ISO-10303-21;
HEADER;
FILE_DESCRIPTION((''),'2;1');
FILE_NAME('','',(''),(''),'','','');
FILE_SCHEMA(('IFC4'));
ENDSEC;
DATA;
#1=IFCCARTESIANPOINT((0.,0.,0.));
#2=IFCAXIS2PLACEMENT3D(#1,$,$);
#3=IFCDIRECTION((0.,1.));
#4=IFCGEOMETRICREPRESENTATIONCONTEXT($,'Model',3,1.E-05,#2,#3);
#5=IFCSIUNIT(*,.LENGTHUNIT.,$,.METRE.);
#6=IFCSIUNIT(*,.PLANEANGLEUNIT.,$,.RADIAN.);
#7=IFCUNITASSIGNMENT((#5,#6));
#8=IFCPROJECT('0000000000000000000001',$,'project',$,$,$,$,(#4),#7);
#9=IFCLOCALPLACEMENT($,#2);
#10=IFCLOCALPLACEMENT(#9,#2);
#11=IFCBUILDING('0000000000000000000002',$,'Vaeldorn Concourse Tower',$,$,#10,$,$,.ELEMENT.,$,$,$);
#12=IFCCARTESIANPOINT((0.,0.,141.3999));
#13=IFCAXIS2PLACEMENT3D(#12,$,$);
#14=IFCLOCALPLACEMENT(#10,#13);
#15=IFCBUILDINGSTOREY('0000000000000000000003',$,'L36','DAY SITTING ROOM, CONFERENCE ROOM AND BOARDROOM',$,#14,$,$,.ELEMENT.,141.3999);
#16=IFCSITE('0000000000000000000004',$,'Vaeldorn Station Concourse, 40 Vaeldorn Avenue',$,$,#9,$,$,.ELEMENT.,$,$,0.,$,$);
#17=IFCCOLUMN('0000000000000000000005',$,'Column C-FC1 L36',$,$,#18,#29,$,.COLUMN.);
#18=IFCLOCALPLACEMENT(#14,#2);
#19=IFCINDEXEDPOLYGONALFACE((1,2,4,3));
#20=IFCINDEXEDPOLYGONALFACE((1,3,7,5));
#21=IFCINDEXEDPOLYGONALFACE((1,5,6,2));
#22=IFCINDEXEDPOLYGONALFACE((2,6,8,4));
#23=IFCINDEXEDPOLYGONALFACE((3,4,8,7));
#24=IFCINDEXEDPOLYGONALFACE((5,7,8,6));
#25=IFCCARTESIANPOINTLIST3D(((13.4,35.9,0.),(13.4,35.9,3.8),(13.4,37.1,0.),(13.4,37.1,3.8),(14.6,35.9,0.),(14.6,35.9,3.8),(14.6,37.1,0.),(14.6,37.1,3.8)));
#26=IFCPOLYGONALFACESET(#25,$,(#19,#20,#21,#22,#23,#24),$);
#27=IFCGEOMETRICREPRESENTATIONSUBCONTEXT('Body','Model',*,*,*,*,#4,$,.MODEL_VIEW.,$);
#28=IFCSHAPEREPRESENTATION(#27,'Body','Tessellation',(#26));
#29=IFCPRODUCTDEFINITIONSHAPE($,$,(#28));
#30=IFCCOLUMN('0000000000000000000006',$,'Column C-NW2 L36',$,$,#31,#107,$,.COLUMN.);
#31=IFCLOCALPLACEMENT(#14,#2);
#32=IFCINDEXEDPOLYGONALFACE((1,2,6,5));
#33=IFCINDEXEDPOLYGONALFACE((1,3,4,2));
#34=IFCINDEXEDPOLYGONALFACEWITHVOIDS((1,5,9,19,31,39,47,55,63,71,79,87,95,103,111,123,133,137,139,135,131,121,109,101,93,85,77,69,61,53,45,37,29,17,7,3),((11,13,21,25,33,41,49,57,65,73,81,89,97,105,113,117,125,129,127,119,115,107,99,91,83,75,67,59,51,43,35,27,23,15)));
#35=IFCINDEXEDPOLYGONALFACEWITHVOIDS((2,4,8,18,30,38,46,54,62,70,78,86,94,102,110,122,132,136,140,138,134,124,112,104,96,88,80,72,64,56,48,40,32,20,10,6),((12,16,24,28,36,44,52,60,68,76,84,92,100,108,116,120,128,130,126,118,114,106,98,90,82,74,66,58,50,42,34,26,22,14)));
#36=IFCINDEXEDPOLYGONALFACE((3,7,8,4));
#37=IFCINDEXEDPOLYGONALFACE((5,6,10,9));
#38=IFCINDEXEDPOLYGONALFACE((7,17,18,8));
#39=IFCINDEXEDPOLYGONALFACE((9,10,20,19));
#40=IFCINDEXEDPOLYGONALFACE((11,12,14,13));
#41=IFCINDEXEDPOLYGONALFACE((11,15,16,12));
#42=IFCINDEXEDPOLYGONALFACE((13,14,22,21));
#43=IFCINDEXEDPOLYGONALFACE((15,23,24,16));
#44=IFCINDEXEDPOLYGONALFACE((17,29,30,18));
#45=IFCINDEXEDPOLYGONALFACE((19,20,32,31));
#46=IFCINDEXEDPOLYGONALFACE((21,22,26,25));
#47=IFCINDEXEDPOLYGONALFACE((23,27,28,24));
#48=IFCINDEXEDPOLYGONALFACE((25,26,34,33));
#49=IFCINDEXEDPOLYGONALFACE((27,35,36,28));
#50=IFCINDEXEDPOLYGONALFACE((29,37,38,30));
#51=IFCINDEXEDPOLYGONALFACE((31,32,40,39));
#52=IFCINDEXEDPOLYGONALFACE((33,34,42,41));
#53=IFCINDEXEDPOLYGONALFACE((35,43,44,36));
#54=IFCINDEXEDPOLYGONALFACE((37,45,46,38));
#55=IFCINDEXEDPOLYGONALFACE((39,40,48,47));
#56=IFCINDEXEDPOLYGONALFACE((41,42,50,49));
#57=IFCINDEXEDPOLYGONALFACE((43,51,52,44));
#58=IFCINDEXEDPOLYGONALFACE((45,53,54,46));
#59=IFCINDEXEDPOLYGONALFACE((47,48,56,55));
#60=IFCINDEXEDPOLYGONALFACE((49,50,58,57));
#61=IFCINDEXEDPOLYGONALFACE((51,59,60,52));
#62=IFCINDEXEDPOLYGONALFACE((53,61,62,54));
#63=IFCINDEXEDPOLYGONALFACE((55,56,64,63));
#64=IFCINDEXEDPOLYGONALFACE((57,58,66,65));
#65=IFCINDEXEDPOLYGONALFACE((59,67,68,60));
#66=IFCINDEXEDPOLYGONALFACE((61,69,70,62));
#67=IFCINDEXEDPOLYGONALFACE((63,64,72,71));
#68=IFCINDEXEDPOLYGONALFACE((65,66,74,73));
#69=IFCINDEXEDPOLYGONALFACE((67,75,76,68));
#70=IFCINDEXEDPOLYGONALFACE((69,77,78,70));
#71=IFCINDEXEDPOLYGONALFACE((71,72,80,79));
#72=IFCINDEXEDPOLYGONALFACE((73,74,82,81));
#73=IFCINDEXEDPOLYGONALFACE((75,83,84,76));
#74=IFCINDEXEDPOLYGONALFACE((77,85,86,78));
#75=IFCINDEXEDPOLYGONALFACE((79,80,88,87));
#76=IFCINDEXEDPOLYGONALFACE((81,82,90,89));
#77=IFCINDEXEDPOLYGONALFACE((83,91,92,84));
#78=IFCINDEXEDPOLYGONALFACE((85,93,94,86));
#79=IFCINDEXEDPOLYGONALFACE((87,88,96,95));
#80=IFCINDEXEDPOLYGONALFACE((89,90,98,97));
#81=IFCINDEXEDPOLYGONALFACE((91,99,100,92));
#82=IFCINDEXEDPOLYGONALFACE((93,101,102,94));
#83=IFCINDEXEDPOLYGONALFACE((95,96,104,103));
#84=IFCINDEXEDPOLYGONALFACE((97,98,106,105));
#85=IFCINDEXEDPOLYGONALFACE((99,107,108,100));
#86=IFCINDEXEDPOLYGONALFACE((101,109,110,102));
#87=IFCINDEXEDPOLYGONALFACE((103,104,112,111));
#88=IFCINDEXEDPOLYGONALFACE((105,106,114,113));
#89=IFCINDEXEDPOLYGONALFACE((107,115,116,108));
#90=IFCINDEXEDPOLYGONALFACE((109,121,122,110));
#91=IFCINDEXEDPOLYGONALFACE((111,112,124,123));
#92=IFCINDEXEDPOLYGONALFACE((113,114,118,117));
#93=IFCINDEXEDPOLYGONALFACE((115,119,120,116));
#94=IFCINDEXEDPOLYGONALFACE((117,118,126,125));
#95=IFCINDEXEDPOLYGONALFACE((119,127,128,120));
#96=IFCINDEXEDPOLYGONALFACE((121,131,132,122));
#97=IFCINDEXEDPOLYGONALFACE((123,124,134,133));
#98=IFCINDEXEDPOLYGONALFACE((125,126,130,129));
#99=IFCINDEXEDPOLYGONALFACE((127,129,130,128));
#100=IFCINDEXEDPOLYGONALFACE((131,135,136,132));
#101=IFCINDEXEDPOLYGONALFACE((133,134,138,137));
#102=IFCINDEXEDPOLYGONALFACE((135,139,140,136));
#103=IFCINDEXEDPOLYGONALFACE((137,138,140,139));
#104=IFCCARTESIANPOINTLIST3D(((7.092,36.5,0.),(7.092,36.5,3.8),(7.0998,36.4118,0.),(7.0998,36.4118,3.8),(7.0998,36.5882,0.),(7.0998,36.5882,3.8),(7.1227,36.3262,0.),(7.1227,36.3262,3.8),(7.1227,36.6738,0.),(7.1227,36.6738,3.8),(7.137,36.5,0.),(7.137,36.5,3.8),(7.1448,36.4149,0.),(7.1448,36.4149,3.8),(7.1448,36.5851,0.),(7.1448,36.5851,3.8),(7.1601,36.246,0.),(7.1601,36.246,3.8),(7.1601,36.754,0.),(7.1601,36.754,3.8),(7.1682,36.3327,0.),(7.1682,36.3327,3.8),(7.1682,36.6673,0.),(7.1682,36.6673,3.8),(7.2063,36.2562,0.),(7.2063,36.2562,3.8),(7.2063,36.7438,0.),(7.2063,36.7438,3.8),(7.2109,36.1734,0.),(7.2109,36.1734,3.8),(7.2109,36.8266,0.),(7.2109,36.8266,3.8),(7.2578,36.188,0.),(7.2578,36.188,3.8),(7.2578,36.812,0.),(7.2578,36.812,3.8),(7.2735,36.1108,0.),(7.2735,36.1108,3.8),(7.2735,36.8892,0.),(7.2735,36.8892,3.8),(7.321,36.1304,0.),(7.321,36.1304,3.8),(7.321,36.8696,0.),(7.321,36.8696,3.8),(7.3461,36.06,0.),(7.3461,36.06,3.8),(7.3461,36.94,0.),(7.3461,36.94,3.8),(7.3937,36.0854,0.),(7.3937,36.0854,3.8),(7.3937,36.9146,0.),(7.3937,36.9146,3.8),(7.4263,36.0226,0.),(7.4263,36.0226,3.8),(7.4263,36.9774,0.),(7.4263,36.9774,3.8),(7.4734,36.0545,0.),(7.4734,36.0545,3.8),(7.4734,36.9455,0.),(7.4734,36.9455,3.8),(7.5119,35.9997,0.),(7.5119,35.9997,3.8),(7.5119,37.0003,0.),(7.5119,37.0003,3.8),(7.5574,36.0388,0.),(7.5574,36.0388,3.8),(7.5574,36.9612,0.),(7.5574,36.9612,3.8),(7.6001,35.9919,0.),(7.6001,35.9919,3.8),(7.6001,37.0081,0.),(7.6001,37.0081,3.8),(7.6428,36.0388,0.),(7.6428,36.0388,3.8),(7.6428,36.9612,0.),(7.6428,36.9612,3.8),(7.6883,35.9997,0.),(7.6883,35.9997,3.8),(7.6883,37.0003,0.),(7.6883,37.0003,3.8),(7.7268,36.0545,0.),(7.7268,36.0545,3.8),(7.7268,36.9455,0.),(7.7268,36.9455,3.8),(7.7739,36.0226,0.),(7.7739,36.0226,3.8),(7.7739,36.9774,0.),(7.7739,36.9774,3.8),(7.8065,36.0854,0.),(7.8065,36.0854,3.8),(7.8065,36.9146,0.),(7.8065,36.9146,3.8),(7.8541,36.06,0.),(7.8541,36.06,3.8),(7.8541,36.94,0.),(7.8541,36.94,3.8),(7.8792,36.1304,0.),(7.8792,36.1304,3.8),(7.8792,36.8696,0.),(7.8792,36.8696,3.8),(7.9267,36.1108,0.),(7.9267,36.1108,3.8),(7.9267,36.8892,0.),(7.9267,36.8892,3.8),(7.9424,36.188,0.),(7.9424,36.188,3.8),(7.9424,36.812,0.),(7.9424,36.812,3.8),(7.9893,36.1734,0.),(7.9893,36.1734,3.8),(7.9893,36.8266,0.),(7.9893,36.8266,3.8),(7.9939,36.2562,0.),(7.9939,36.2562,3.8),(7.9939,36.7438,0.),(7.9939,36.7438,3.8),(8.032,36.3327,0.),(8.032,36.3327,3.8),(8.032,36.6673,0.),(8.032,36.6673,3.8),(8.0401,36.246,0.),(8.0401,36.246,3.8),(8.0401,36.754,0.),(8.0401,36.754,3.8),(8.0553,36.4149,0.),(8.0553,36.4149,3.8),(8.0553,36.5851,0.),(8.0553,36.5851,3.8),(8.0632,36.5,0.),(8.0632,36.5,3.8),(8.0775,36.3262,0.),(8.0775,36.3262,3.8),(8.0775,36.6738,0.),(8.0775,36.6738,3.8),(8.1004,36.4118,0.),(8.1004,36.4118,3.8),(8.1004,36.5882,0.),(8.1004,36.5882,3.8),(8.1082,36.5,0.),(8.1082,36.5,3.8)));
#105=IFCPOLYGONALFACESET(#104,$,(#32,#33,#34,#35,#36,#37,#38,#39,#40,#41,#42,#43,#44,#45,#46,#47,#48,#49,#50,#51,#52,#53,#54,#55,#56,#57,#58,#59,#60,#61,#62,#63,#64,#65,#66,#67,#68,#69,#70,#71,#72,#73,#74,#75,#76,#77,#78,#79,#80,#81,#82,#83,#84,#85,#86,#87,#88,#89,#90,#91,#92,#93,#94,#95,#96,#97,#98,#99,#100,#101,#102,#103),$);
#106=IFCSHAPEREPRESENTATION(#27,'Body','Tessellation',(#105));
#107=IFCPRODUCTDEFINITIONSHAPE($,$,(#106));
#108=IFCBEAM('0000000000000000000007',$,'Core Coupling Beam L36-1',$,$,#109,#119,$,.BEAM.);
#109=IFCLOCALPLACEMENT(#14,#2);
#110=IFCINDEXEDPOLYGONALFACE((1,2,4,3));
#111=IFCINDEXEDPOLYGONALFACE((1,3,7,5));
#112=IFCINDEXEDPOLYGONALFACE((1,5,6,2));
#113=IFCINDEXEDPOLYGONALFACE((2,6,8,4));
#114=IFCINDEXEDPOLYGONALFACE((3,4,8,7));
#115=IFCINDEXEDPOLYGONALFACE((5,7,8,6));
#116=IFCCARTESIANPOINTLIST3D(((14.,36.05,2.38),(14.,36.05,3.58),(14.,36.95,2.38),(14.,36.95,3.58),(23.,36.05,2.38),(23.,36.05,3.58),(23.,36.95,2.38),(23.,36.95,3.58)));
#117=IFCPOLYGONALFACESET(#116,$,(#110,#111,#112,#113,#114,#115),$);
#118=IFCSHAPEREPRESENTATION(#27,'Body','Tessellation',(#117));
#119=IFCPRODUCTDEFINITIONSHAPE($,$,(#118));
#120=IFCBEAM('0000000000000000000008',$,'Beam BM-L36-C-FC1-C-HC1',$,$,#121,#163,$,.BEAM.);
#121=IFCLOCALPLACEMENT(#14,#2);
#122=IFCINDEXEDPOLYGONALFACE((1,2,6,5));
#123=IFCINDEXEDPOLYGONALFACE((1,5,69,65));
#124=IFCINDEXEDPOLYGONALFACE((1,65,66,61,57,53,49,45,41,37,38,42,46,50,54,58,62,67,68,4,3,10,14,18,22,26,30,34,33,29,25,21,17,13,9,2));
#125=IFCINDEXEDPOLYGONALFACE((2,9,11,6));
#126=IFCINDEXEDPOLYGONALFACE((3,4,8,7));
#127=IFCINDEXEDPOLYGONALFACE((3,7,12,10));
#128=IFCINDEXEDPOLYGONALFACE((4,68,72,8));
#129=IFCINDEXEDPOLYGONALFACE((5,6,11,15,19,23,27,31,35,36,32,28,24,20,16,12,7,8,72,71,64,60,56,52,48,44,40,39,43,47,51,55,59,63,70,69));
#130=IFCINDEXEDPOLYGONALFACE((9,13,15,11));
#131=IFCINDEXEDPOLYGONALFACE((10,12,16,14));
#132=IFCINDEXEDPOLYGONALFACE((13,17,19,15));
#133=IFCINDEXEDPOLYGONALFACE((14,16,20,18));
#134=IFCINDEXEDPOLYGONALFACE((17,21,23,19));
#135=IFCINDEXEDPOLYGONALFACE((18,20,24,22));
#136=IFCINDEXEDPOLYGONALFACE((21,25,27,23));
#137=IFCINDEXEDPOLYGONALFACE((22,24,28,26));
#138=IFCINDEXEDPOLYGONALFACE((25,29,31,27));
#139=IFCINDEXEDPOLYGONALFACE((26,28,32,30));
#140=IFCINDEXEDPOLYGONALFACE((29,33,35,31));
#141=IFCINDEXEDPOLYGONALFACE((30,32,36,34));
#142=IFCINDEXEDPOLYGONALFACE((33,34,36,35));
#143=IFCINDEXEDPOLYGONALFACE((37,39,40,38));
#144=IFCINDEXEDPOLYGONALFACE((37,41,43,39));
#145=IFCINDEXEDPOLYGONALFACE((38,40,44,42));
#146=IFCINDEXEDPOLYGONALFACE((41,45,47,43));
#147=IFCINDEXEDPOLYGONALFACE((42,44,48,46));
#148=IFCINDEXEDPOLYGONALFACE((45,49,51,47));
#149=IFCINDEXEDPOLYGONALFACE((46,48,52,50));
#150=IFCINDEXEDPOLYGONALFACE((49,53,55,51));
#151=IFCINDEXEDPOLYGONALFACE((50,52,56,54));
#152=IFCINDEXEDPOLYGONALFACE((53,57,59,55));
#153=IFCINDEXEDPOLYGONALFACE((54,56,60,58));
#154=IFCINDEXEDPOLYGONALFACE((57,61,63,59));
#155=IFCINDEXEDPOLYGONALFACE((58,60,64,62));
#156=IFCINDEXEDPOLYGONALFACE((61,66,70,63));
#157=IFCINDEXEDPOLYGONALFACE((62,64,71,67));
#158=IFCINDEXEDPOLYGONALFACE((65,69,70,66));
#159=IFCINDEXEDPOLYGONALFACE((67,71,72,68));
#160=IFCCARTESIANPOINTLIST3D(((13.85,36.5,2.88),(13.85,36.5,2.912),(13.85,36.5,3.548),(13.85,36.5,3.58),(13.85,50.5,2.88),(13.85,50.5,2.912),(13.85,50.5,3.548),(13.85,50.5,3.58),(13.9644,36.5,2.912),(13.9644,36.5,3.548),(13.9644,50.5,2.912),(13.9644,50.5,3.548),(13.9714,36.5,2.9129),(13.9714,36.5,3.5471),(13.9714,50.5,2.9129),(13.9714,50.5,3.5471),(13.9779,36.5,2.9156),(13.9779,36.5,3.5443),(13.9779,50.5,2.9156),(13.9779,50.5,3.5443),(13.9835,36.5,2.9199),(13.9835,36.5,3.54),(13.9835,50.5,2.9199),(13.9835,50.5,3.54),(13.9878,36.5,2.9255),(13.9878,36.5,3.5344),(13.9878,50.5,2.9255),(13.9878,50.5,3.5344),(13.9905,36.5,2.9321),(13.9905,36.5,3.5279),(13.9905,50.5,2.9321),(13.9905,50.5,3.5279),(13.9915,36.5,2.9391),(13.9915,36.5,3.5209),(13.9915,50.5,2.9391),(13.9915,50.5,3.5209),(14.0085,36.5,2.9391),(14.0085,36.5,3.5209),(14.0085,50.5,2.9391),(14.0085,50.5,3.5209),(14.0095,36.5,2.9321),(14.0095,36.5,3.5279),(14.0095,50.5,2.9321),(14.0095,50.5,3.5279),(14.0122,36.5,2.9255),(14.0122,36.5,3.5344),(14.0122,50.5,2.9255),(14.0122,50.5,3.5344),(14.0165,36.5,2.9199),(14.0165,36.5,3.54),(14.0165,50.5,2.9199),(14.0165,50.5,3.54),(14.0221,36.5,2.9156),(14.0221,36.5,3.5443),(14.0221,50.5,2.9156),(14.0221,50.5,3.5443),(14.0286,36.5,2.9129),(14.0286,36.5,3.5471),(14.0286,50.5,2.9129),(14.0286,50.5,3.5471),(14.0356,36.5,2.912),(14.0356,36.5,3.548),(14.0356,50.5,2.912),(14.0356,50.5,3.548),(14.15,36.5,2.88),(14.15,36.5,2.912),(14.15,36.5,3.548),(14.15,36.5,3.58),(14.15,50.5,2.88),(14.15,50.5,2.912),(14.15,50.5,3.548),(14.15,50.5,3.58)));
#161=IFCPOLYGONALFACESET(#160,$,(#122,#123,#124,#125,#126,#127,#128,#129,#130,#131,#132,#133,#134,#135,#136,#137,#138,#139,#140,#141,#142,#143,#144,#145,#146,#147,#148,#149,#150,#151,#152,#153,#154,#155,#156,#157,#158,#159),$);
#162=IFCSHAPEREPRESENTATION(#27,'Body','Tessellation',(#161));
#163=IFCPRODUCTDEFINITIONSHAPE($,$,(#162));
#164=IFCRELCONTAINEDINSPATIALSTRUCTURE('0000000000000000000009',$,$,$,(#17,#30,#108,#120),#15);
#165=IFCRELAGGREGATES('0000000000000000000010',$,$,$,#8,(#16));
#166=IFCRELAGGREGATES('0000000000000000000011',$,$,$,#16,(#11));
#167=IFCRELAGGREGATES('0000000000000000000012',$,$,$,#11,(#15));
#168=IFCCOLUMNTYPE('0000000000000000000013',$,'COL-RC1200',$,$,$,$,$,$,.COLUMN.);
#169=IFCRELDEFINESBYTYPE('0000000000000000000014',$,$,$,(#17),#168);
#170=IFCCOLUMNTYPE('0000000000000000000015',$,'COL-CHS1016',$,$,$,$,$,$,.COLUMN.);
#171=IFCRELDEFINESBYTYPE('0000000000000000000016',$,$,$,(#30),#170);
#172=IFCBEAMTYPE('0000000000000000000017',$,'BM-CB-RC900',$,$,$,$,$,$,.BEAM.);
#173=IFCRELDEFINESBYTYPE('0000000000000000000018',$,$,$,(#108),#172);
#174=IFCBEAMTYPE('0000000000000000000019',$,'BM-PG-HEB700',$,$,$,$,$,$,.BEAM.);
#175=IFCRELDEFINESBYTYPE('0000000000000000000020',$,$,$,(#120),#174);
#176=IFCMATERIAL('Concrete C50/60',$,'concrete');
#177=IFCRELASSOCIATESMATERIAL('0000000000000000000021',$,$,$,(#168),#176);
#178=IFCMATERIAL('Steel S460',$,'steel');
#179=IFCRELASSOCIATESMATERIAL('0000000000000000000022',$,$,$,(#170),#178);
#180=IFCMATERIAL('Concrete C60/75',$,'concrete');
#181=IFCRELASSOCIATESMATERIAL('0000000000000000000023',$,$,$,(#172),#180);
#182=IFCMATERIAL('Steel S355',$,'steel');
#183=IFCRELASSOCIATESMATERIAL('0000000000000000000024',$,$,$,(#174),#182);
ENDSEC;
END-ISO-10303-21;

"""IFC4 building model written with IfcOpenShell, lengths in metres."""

from ifc_helpers import new_model, si_unit, direction, frame, origin, origin_2d, place, context, subcontext, project, spatial, rectangle, hollow_circle, i_section, extrude, source, transform, mapped, material, material_profile, profile_set, type_object, element, save


model = new_model("IFC4")

# Units and contexts
model_context = context("Model", 3, precision=1e-05, world=origin(), true_north=direction((0.0, 1.0)))
body_context = subcontext(model_context, "Body", "Model", "MODEL_VIEW")
ifc_project = project(units=[si_unit("LENGTHUNIT", "METRE"), si_unit("PLANEANGLEUNIT", "RADIAN")], contexts=[model_context])

# Site, building, storey
site_placement = place(None, origin())
site = spatial("IfcSite", under=ifc_project, at=site_placement, Name="Vaeldorn Station Concourse, 40 Vaeldorn Avenue", CompositionType="ELEMENT", RefElevation=0.0)
building_placement = place(site_placement, origin())
building = spatial("IfcBuilding", under=site, at=building_placement, Name="Vaeldorn Concourse Tower", CompositionType="ELEMENT")
storey_placement = place(building_placement, frame((0.0, 0.0, 141.3999)))
storey = spatial("IfcBuildingStorey", under=building, at=storey_placement, Name="L36", Description="DAY SITTING ROOM, CONFERENCE ROOM AND BOARDROOM", CompositionType="ELEMENT", Elevation=141.3999)

# Columns
ifc_material_1 = material(Name="Concrete C50/60", Category="concrete")
ifc_material_profile_1 = material_profile(ifc_material_1, rectangle(XDim=1.2, YDim=1.2, at=origin_2d()), Name="RC 1200x1200")
ifc_profile_set_1 = profile_set([ifc_material_profile_1], Name="Concrete C50/60")
column_type_1 = type_object("IfcColumnType", Name="COL-RC1200", PredefinedType="COLUMN", material=ifc_profile_set_1)
shared_shape_1 = source(origin(), body_context, "Body", "SweptSolid", [
    extrude(rectangle(XDim=1.2, YDim=1.2, at=origin_2d()), origin(), (0.0, 0.0, 1.0), 3.8),
])
column_1_placement = place(storey_placement, frame((14.0, 36.5, 0.0), z_axis=(0.0, 0.0, 1.0), x_axis=(1.0, 0.0, 0.0)))
element("IfcColumn", 1, at=column_1_placement, inside=storey, type_object=column_type_1, Name="Column C-FC1 L36", PredefinedType="COLUMN", context=body_context, shape_type="MappedRepresentation", body=[
    mapped(shared_shape_1, transform((0.0, 0.0, 0.0), scale=1.0)),
])
ifc_material_2 = material(Name="Steel S460", Category="steel")
ifc_material_profile_2 = material_profile(ifc_material_2, hollow_circle(Radius=0.5081, WallThickness=0.0449, at=origin_2d()), Name="CHS 1016x45")
ifc_profile_set_2 = profile_set([ifc_material_profile_2], Name="Steel S460")
column_type_2 = type_object("IfcColumnType", Name="COL-CHS1016", PredefinedType="COLUMN", material=ifc_profile_set_2)
shared_shape_2 = source(origin(), body_context, "Body", "SweptSolid", [
    extrude(hollow_circle(Radius=0.5081, WallThickness=0.0449, at=origin_2d()), origin(), (0.0, 0.0, 1.0), 3.8),
])
column_2_placement = place(storey_placement, frame((7.6001, 36.5, 0.0), z_axis=(0.0, 0.0, 1.0), x_axis=(1.0, 0.0, 0.0)))
element("IfcColumn", 2, at=column_2_placement, inside=storey, type_object=column_type_2, Name="Column C-NW2 L36", PredefinedType="COLUMN", context=body_context, shape_type="MappedRepresentation", body=[
    mapped(shared_shape_2, transform((0.0, 0.0, 0.0), scale=1.0)),
])

# Beams
ifc_material_3 = material(Name="Concrete C60/75", Category="concrete")
ifc_material_profile_3 = material_profile(ifc_material_3, rectangle(XDim=0.8999, YDim=1.2, at=origin_2d()), Name="RC 900x1200")
ifc_profile_set_3 = profile_set([ifc_material_profile_3], Name="Concrete C60/75")
beam_type_1 = type_object("IfcBeamType", Name="BM-CB-RC900", PredefinedType="BEAM", material=ifc_profile_set_3)
shared_shape_3 = source(origin(), body_context, "Body", "SweptSolid", [
    extrude(rectangle(XDim=0.8999, YDim=1.2, at=origin_2d()), origin(), (0.0, 0.0, 1.0), 9.0),
])
beam_1_placement = place(storey_placement, frame((14.0, 36.5, 2.98), z_axis=(1.0, 0.0, 0.0), x_axis=(0.0, 1.0, 0.0)))
element("IfcBeam", 3, at=beam_1_placement, inside=storey, type_object=beam_type_1, Name="Core Coupling Beam L36-1", PredefinedType="BEAM", context=body_context, shape_type="MappedRepresentation", body=[
    mapped(shared_shape_3, transform((0.0, 0.0, 0.0), scale=1.0)),
])
ifc_material_4 = material(Name="Steel S355", Category="steel")
ifc_material_profile_4 = material_profile(ifc_material_4, i_section(OverallWidth=0.3, OverallDepth=0.7, WebThickness=0.0171, FlangeThickness=0.032, FilletRadius=0.0271, at=origin_2d()), Name="HEB 700")
ifc_profile_set_4 = profile_set([ifc_material_profile_4], Name="Steel S355")
beam_type_2 = type_object("IfcBeamType", Name="BM-PG-HEB700", PredefinedType="BEAM", material=ifc_profile_set_4)
shared_shape_4 = source(origin(), body_context, "Body", "SweptSolid", [
    extrude(i_section(OverallWidth=0.3, OverallDepth=0.7, WebThickness=0.0171, FlangeThickness=0.032, FilletRadius=0.0271, at=origin_2d()), origin(), (0.0, 0.0, 1.0), 14.0),
])
beam_2_placement = place(storey_placement, frame((14.0, 36.5, 3.23), z_axis=(0.0, 1.0, 0.0), x_axis=(-1.0, 0.0, 0.0)))
element("IfcBeam", 4, at=beam_2_placement, inside=storey, type_object=beam_type_2, Name="Beam BM-L36-C-FC1-C-HC1", PredefinedType="BEAM", context=body_context, shape_type="MappedRepresentation", body=[
    mapped(shared_shape_4, transform((0.0, 0.0, 0.0), scale=1.0)),
])

save(model, "model.ifc")
